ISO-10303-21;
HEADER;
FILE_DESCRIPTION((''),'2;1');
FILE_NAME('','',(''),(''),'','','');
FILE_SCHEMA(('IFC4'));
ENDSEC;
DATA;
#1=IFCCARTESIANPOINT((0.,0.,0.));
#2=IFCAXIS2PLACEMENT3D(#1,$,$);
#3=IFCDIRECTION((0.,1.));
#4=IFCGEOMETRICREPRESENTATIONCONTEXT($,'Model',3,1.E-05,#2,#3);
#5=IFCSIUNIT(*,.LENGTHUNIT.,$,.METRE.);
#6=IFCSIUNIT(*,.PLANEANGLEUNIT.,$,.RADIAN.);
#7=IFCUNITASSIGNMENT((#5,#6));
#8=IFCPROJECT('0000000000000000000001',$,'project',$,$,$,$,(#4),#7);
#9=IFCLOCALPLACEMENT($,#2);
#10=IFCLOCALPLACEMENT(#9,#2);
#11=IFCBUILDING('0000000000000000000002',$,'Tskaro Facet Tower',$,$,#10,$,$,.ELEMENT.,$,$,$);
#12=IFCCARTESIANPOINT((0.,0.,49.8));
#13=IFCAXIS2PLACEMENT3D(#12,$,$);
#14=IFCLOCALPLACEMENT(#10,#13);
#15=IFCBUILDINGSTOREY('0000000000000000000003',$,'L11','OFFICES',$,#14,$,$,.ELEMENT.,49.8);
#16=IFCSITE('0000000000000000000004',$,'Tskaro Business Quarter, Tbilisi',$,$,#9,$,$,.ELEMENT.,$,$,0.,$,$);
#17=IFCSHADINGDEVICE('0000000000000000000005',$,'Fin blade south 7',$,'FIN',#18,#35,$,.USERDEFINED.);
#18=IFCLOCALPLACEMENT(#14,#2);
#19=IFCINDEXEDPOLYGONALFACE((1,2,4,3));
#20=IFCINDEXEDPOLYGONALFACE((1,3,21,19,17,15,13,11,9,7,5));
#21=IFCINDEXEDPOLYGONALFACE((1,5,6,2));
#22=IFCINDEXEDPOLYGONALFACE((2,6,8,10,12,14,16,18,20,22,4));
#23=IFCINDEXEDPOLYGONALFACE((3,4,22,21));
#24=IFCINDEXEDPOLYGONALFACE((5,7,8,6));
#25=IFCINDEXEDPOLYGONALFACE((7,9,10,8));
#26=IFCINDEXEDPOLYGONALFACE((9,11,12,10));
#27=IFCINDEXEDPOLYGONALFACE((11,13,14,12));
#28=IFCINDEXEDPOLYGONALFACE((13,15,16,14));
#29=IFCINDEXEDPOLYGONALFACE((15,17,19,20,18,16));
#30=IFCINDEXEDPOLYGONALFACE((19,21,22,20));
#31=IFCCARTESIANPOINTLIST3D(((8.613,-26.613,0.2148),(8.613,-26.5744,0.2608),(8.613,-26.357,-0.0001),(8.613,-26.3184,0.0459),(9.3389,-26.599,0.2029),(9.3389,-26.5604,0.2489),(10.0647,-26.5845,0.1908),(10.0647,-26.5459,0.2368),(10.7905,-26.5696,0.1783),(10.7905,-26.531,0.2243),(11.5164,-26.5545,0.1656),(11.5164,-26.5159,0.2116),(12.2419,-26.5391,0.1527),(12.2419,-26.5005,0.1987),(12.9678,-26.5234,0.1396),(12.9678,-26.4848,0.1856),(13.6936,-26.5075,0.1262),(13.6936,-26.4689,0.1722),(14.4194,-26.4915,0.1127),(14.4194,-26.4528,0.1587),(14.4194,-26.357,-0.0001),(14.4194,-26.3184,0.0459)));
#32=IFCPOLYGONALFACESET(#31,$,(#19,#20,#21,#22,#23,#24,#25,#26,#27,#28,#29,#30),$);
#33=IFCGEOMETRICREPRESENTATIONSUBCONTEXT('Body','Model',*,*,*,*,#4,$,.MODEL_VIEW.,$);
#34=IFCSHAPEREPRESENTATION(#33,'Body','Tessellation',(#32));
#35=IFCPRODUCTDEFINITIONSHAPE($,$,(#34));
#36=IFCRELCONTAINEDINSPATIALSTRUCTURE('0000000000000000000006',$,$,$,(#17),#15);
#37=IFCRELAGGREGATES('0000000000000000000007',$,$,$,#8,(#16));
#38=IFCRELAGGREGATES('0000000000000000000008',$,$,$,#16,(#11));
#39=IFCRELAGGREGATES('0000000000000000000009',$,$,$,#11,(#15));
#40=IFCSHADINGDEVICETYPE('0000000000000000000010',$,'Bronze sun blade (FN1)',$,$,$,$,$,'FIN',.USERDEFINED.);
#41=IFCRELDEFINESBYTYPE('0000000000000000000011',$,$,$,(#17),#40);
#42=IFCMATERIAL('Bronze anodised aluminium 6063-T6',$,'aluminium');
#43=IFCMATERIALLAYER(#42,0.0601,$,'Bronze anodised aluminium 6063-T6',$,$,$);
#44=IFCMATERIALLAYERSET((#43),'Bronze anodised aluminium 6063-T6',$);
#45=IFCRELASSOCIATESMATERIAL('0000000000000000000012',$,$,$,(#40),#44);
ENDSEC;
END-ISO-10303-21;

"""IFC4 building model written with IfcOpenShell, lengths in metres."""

from ifc_helpers import new_model, si_unit, direction, frame, origin, place, context, subcontext, project, spatial, polyline, outline, extrude, material, layer, layer_set, type_object, element, save


model = new_model("IFC4")

# Units and contexts
model_context = context("Model", 3, precision=1e-05, world=origin(), true_north=direction((0.0, 1.0)))
body_context = subcontext(model_context, "Body", "Model", "MODEL_VIEW")
ifc_project = project(units=[si_unit("LENGTHUNIT", "METRE"), si_unit("PLANEANGLEUNIT", "RADIAN")], contexts=[model_context])

# Site, building, storey
site_placement = place(None, origin())
site = spatial("IfcSite", under=ifc_project, at=site_placement, Name="Tskaro Business Quarter, Tbilisi", CompositionType="ELEMENT", RefElevation=0.0)
building_placement = place(site_placement, origin())
building = spatial("IfcBuilding", under=site, at=building_placement, Name="Tskaro Facet Tower", CompositionType="ELEMENT")
storey_placement = place(building_placement, frame((0.0, 0.0, 49.8)))
storey = spatial("IfcBuildingStorey", under=building, at=storey_placement, Name="L11", Description="OFFICES", CompositionType="ELEMENT", Elevation=49.8)

# Shared definitions
ifc_material_1 = material(Name="Bronze anodised aluminium 6063-T6", Category="aluminium")

# Shading device
ifc_layer_1 = layer(ifc_material_1, 0.0601, Name="Bronze anodised aluminium 6063-T6")
ifc_layer_set_1 = layer_set([ifc_layer_1], Name="Bronze anodised aluminium 6063-T6")
shading_device_type = type_object("IfcShadingDeviceType", Name="Bronze sun blade (FN1)", ElementType="FIN", PredefinedType="USERDEFINED", material=ifc_layer_set_1)
shading_device_1_placement = place(storey_placement, frame((8.613, -26.3184, 0.0459), z_axis=(0.000001, 0.642752, 0.766075), x_axis=(1.0, 0.0, -0.000001)))
element("IfcShadingDevice", 1, at=shading_device_1_placement, inside=storey, type_object=shading_device_type, Name="Fin blade south 7", ObjectType="FIN", PredefinedType="USERDEFINED", context=body_context, shape_type="SweptSolid", body=[
    extrude(outline(polyline([(0.0, 0.0), (5.8064, 0.0), (5.8064, -0.1756), (5.0806, -0.1965), (4.3547, -0.2173), (3.6289, -0.2378), (2.9033, -0.2579), (2.1775, -0.2776), (1.4517, -0.297), (0.7258, -0.3159), (0.0, -0.3343), (0.0, 0.0)])), origin(), (0.0, 0.0, -1.0), 0.0601),
])

save(model, "model.ifc")
